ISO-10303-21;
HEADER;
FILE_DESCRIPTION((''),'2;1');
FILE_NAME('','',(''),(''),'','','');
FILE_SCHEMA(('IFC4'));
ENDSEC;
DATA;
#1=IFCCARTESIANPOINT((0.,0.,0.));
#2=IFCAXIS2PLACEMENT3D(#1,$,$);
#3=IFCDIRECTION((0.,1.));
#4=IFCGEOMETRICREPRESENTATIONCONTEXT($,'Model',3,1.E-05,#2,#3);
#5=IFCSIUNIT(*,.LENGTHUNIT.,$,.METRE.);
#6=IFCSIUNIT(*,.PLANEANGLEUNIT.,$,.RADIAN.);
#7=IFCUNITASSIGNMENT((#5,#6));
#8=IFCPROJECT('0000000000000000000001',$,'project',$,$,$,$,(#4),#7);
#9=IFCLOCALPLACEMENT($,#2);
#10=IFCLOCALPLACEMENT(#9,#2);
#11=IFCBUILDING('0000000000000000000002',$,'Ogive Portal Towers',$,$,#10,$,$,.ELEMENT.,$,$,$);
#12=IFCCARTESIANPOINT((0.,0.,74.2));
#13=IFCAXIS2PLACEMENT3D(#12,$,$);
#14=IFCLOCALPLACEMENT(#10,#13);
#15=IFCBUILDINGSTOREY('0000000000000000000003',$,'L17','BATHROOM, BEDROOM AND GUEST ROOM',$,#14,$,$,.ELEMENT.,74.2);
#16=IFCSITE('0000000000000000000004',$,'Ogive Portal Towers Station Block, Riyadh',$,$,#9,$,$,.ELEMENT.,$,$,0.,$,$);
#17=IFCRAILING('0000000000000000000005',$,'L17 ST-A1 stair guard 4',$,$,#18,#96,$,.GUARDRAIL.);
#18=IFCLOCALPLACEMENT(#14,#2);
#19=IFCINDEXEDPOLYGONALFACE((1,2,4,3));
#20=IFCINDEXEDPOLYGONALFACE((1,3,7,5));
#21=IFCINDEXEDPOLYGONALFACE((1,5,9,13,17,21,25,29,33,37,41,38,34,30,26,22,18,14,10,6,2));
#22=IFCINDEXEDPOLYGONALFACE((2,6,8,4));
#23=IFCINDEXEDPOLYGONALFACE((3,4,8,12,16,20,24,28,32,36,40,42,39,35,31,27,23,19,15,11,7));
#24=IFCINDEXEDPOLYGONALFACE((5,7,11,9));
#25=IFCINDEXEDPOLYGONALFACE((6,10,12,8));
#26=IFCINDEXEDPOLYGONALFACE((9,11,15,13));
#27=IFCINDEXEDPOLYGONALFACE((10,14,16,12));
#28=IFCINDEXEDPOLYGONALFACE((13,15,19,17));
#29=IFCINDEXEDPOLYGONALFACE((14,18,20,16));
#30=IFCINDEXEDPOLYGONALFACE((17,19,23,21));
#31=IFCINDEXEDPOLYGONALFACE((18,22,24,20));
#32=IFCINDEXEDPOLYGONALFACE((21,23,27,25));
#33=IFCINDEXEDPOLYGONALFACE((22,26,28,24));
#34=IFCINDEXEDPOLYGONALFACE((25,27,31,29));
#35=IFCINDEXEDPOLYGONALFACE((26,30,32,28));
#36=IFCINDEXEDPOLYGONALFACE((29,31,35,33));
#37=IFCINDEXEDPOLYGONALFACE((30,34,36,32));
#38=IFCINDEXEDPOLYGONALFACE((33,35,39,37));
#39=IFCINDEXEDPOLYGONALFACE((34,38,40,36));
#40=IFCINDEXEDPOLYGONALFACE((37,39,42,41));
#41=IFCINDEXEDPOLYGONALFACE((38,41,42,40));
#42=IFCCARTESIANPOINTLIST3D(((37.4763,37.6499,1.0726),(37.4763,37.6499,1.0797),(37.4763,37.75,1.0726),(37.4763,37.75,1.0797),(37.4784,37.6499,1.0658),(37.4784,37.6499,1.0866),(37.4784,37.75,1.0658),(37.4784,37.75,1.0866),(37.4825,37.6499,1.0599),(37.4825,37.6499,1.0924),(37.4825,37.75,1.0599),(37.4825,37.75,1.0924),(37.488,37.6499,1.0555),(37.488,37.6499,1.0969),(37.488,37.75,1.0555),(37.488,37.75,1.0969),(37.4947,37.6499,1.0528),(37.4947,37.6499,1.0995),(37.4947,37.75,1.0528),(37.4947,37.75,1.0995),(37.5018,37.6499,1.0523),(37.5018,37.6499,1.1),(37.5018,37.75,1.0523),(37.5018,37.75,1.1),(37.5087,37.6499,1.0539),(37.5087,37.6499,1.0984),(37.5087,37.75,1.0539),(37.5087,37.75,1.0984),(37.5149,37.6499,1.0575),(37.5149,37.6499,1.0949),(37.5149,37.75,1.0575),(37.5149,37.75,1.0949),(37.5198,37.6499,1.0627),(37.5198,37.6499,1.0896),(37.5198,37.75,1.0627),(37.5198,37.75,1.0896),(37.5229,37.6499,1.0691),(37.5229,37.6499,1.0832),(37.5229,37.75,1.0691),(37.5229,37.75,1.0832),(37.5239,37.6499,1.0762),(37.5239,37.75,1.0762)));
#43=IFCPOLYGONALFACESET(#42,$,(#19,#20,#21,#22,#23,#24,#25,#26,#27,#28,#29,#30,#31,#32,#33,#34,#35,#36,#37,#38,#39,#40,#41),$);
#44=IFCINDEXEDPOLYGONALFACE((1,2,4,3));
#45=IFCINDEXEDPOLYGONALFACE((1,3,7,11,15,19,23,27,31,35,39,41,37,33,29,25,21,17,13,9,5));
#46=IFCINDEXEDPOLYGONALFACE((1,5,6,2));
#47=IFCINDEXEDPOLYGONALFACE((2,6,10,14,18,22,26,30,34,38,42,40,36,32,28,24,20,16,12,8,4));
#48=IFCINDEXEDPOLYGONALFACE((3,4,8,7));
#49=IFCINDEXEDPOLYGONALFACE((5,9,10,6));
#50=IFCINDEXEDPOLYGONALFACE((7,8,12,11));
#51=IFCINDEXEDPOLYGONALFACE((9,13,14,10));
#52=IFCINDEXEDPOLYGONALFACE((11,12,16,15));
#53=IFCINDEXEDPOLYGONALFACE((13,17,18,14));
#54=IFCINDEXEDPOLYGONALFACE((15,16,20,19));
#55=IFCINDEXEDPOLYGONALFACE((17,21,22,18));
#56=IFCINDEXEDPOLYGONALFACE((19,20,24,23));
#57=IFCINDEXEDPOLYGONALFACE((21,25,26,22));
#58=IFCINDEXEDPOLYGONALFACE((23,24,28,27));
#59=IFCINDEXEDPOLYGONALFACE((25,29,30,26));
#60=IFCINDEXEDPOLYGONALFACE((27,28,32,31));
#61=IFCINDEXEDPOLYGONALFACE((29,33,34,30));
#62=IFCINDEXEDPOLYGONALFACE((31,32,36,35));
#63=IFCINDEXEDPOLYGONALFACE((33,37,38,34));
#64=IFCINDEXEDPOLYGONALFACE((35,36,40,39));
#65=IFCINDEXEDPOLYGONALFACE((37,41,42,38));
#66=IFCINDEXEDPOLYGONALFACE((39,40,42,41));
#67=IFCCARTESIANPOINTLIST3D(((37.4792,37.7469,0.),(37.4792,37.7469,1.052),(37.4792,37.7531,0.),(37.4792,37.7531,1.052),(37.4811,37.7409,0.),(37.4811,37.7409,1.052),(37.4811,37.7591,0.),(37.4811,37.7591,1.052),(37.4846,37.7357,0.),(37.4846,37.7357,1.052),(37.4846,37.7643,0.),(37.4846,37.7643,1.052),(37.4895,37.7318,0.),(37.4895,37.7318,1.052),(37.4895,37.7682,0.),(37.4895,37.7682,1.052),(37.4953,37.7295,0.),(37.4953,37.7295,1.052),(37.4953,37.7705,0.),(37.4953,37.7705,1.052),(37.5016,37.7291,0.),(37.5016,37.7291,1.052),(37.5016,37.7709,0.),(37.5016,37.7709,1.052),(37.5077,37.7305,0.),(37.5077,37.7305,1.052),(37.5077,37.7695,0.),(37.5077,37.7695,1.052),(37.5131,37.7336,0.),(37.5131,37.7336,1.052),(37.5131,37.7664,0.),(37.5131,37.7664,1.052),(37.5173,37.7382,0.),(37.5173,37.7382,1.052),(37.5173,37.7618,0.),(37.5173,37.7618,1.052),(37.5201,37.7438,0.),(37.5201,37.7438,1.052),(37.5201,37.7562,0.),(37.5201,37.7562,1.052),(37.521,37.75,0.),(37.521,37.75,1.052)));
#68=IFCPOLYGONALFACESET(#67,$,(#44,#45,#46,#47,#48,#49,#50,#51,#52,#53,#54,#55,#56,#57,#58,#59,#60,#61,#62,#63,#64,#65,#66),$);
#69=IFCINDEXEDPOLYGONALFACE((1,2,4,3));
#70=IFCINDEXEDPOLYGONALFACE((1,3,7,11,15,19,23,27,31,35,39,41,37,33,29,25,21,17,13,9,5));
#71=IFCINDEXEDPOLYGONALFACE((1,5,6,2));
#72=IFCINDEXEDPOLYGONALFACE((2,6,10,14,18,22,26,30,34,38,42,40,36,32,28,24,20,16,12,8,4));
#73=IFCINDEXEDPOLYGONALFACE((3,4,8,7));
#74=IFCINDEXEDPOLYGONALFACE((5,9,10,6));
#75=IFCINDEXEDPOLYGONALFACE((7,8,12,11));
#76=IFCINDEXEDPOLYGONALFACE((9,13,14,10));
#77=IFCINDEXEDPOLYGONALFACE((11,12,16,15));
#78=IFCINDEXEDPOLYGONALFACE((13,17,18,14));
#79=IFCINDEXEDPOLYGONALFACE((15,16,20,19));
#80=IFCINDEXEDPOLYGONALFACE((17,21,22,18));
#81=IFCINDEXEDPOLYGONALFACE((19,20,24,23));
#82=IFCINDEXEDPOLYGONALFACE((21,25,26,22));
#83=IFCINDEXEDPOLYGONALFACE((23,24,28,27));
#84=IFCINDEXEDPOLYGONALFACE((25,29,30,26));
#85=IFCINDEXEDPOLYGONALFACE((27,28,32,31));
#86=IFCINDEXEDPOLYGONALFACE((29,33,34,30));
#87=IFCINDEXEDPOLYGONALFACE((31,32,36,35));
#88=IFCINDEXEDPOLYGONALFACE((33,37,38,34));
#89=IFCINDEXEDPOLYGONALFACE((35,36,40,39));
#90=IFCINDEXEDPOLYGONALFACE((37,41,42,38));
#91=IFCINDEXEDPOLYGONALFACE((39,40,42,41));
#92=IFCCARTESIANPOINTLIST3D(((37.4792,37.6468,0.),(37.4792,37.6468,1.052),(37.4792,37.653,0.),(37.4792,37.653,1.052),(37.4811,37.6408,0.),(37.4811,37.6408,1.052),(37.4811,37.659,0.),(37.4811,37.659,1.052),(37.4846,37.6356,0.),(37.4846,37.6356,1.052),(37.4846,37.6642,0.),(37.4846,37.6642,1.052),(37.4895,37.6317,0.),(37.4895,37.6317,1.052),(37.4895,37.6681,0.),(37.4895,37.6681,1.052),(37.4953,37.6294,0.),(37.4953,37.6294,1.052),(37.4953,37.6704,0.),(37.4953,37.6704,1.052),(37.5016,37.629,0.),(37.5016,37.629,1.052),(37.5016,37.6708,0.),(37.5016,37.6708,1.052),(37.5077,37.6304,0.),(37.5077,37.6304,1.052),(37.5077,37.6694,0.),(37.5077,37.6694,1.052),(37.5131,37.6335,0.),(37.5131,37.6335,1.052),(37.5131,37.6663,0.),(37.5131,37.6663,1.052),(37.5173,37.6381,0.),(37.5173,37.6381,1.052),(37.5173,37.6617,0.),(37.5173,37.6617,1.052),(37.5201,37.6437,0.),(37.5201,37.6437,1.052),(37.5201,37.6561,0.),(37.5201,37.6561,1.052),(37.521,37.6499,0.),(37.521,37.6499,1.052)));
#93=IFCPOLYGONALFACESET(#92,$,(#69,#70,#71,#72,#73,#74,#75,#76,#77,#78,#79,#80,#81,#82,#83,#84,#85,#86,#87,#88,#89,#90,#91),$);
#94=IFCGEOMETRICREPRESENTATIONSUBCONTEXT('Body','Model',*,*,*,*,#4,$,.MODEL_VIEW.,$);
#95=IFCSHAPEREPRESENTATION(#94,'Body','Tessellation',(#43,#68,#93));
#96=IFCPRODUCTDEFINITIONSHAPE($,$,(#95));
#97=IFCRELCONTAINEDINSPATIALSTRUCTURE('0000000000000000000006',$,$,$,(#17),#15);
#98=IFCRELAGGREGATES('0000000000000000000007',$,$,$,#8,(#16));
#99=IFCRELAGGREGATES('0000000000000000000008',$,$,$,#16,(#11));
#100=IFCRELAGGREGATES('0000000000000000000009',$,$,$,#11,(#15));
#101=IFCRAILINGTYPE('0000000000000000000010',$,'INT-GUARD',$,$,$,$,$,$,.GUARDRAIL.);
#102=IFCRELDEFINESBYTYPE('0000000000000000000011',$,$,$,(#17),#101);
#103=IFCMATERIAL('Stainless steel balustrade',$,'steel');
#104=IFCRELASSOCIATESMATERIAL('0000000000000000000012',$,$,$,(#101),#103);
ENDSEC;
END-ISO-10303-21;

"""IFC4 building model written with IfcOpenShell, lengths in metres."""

from ifc_helpers import new_model, si_unit, direction, frame, origin, origin_2d, place, context, subcontext, project, spatial, circle, extrude, material, type_object, element, save


model = new_model("IFC4")

# Units and contexts
model_context = context("Model", 3, precision=1e-05, world=origin(), true_north=direction((0.0, 1.0)))
body_context = subcontext(model_context, "Body", "Model", "MODEL_VIEW")
ifc_project = project(units=[si_unit("LENGTHUNIT", "METRE"), si_unit("PLANEANGLEUNIT", "RADIAN")], contexts=[model_context])

# Site, building, storey
site_placement = place(None, origin())
site = spatial("IfcSite", under=ifc_project, at=site_placement, Name="Ogive Portal Towers Station Block, Riyadh", CompositionType="ELEMENT", RefElevation=0.0)
building_placement = place(site_placement, origin())
building = spatial("IfcBuilding", under=site, at=building_placement, Name="Ogive Portal Towers", CompositionType="ELEMENT")
storey_placement = place(building_placement, frame((0.0, 0.0, 74.2)))
storey = spatial("IfcBuildingStorey", under=building, at=storey_placement, Name="L17", Description="BATHROOM, BEDROOM AND GUEST ROOM", CompositionType="ELEMENT", Elevation=74.2)

# Railing
ifc_material_1 = material(Name="Stainless steel balustrade", Category="steel")
railing_type_1 = type_object("IfcRailingType", Name="INT-GUARD", PredefinedType="GUARDRAIL", material=ifc_material_1)
railing_1_placement = place(storey_placement, frame((37.5, 37.75, 0.0)))
element("IfcRailing", 1, at=railing_1_placement, inside=storey, type_object=railing_type_1, Name="L17 ST-A1 stair guard 4", PredefinedType="GUARDRAIL", context=body_context, shape_type="SweptSolid", body=[
    extrude(circle(Radius=0.0239, at=origin_2d()), frame((0.0, 0.0, 1.0762), z_axis=(0.0, -1.0, 0.0), x_axis=(1.0, 0.0, 0.0)), (0.0, 0.0, 1.0), 0.1001),
    extrude(circle(Radius=0.021, at=origin_2d()), origin(), (0.0, 0.0, 1.0), 1.052),
    extrude(circle(Radius=0.021, at=origin_2d()), frame((0.0, -0.1001, 0.0)), (0.0, 0.0, 1.0), 1.052),
])

save(model, "model.ifc")
